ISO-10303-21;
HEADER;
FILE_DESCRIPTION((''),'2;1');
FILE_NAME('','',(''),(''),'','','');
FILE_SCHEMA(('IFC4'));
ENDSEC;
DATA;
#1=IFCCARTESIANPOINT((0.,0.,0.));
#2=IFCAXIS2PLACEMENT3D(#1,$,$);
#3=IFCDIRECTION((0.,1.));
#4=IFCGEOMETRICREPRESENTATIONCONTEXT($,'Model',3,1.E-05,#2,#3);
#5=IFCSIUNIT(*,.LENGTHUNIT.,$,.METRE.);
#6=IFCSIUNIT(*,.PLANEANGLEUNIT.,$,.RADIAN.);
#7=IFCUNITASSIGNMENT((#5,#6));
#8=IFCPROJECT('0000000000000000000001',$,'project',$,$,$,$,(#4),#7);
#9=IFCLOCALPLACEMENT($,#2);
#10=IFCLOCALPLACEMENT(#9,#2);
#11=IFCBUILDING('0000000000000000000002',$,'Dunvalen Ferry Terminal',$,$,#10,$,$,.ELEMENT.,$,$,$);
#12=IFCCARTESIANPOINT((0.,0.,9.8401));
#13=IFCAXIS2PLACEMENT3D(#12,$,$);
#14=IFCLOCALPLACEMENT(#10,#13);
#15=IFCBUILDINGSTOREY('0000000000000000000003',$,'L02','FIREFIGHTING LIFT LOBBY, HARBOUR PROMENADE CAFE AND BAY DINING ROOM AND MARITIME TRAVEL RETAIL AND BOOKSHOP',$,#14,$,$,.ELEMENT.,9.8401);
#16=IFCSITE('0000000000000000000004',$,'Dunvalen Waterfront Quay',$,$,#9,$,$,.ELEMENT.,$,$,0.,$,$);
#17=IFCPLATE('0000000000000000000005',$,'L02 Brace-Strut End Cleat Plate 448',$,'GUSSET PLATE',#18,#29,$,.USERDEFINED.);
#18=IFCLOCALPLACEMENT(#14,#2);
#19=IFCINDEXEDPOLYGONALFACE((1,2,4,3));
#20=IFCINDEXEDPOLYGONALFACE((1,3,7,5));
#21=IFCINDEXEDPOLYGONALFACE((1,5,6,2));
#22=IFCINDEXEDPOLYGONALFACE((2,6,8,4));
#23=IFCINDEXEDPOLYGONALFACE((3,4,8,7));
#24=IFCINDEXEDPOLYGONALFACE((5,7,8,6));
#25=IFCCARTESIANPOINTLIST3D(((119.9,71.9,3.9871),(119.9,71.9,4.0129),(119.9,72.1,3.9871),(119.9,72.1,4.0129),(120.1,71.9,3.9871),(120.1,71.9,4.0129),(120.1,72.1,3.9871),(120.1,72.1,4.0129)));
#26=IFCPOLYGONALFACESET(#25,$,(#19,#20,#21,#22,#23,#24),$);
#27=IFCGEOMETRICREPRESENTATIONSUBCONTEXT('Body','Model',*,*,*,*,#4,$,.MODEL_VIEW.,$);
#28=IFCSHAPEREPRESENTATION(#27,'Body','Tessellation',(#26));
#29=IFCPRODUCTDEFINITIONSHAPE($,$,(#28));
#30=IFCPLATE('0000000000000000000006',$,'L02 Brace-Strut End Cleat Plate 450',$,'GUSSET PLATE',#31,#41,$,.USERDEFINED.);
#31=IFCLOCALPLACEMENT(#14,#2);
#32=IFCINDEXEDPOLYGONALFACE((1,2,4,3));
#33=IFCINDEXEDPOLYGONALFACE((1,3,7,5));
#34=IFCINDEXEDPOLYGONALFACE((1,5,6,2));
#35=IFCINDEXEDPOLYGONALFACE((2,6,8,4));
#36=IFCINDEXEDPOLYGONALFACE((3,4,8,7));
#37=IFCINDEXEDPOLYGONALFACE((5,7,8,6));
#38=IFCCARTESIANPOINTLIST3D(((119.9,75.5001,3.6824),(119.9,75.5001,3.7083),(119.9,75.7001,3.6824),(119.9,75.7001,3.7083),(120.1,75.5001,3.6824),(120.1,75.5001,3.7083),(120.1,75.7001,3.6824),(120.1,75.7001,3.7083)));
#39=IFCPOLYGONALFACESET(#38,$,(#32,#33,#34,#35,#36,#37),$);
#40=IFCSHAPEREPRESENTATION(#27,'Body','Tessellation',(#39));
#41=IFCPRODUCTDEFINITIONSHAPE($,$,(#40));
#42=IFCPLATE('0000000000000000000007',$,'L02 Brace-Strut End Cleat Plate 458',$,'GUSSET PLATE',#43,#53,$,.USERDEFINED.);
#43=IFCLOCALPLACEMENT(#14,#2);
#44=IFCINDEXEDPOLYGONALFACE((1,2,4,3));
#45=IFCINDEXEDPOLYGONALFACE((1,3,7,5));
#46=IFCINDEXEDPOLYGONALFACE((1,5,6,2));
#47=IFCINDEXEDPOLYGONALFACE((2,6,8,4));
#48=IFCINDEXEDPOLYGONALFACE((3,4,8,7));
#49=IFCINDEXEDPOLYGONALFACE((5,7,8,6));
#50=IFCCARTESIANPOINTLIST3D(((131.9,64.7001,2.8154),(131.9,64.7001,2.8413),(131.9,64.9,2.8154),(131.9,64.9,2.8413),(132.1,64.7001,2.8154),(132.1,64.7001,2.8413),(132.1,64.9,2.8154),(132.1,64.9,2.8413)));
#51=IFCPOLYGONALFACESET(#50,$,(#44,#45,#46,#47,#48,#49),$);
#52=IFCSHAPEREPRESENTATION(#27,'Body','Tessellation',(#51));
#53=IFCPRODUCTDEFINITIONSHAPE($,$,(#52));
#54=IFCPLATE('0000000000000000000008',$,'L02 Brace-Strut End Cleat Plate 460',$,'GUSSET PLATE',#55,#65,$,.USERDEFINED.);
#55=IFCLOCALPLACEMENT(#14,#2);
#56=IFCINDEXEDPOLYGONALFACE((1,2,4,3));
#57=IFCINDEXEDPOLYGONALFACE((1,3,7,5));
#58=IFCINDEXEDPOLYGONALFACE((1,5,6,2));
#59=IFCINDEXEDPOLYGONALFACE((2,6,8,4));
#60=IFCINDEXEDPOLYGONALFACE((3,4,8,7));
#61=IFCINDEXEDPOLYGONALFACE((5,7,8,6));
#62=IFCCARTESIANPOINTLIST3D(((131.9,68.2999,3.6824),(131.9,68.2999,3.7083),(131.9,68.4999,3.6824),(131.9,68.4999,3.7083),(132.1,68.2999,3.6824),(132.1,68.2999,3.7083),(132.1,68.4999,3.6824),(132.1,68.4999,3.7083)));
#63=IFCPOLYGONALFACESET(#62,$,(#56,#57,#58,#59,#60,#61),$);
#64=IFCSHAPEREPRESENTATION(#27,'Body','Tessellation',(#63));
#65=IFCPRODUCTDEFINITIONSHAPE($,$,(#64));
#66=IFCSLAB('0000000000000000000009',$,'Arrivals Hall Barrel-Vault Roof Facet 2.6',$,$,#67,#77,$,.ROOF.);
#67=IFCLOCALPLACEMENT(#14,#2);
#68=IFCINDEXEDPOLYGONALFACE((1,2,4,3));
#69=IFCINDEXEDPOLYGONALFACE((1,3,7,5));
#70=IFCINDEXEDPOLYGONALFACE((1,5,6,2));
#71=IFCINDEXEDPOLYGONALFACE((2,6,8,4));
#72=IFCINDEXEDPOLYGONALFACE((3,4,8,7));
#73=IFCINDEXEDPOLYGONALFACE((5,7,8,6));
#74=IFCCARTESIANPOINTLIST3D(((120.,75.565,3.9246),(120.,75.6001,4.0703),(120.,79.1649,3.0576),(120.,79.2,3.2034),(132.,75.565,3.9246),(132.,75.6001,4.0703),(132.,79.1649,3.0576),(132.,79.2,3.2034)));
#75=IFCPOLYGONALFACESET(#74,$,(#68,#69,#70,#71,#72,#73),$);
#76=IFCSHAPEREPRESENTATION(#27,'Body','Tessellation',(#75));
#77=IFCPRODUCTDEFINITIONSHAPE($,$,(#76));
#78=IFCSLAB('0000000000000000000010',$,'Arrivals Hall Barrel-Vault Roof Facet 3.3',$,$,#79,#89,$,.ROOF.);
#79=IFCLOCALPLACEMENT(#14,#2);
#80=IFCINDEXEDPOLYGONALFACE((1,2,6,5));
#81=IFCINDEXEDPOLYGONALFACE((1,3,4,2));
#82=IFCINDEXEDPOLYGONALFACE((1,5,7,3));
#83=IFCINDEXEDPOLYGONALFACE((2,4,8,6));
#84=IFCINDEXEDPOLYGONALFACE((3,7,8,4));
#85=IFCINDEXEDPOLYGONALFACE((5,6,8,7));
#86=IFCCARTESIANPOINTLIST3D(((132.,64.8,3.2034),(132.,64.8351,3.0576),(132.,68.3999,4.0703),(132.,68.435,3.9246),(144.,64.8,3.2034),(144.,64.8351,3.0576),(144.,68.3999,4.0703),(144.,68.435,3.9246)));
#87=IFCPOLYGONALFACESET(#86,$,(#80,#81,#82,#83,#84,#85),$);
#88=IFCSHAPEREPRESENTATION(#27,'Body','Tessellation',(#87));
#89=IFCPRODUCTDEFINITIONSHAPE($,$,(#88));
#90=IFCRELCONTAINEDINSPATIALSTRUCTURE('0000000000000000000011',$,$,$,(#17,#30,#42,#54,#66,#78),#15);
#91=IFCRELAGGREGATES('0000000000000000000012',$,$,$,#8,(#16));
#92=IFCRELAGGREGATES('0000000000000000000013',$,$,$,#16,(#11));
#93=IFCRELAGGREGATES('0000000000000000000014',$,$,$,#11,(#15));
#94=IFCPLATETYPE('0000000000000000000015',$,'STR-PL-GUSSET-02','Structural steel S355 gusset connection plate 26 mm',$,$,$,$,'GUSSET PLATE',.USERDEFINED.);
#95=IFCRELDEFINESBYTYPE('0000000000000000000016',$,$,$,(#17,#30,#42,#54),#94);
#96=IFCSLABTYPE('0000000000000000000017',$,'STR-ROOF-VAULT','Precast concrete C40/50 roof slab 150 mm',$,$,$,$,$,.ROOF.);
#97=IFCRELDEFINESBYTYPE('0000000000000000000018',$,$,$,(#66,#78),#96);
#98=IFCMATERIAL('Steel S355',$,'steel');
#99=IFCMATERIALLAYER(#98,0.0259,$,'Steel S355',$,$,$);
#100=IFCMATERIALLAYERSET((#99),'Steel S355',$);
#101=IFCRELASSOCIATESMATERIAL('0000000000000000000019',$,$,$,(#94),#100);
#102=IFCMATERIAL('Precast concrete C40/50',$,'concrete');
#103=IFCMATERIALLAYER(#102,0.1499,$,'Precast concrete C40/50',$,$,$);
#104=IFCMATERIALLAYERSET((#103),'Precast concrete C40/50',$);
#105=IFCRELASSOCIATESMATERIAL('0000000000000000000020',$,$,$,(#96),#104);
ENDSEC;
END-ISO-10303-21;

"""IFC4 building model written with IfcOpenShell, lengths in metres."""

from ifc_helpers import new_model, si_unit, direction, frame, origin, origin_2d, place, context, subcontext, project, spatial, polyline, rectangle, outline, extrude, material, layer, layer_set, type_object, element, save


model = new_model("IFC4")

# Units and contexts
model_context = context("Model", 3, precision=1e-05, world=origin(), true_north=direction((0.0, 1.0)))
body_context = subcontext(model_context, "Body", "Model", "MODEL_VIEW")
ifc_project = project(units=[si_unit("LENGTHUNIT", "METRE"), si_unit("PLANEANGLEUNIT", "RADIAN")], contexts=[model_context])

# Site, building, storey
site_placement = place(None, origin())
site = spatial("IfcSite", under=ifc_project, at=site_placement, Name="Dunvalen Waterfront Quay", CompositionType="ELEMENT", RefElevation=0.0)
building_placement = place(site_placement, origin())
building = spatial("IfcBuilding", under=site, at=building_placement, Name="Dunvalen Ferry Terminal", CompositionType="ELEMENT")
storey_placement = place(building_placement, frame((0.0, 0.0, 9.8401)))
storey = spatial("IfcBuildingStorey", under=building, at=storey_placement, Name="L02", Description="FIREFIGHTING LIFT LOBBY, HARBOUR PROMENADE CAFE AND BAY DINING ROOM AND MARITIME TRAVEL RETAIL AND BOOKSHOP", CompositionType="ELEMENT", Elevation=9.8401)

# Shared definitions
ifc_material_1 = material(Name="Steel S355", Category="steel")

# Plates
ifc_layer_1 = layer(ifc_material_1, 0.0259, Name="Steel S355")
ifc_layer_set_1 = layer_set([ifc_layer_1], Name="Steel S355")
plate_type_1 = type_object("IfcPlateType", Name="STR-PL-GUSSET-02", Description="Structural steel S355 gusset connection plate 26 mm", ElementType="GUSSET PLATE", PredefinedType="USERDEFINED", material=ifc_layer_set_1)
for number, where, z_axis, x_axis, name in (
    (1, (120.0, 72.0, 3.9871), (0.0, 0.0, 1.0), (1.0, 0.0, 0.0), "L02 Brace-Strut End Cleat Plate 448"),
    (2, (120.0, 75.6001, 3.6824), (0.0, 0.0, 1.0), (1.0, 0.0, 0.0), "L02 Brace-Strut End Cleat Plate 450"),
    (3, (132.0, 64.8, 2.8154), (0.0, 0.0, 1.0), (1.0, 0.0, 0.0), "L02 Brace-Strut End Cleat Plate 458"),
    (4, (132.0, 68.3999, 3.6824), (0.0, 0.0, 1.0), (1.0, 0.0, 0.0), "L02 Brace-Strut End Cleat Plate 460"),
):
    element("IfcPlate", number, at=place(storey_placement, frame(where, z_axis=z_axis, x_axis=x_axis)), inside=storey, type_object=plate_type_1, Name=name, ObjectType="GUSSET PLATE", PredefinedType="USERDEFINED", context=body_context, shape_type="SweptSolid", body=[
        extrude(rectangle(XDim=0.2, YDim=0.2, at=origin_2d()), origin(), (0.0, 0.0, 1.0), 0.0259),
    ])

# Slabs
ifc_material_2 = material(Name="Precast concrete C40/50", Category="concrete")
ifc_layer_2 = layer(ifc_material_2, 0.1499, Name="Precast concrete C40/50")
ifc_layer_set_2 = layer_set([ifc_layer_2], Name="Precast concrete C40/50")
slab_type = type_object("IfcSlabType", Name="STR-ROOF-VAULT", Description="Precast concrete C40/50 roof slab 150 mm", PredefinedType="ROOF", material=ifc_layer_set_2)
for number, where, z_axis, x_axis, name in (
    (5, (120.0, 75.6001, 4.0703), (0.0, 0.234133, 0.972204), (1.0, 0.0, 0.0), "Arrivals Hall Barrel-Vault Roof Facet 2.6"),
    (6, (132.0, 64.8, 3.2034), (0.0, -0.234133, 0.972204), (1.0, 0.0, 0.0), "Arrivals Hall Barrel-Vault Roof Facet 3.3"),
):
    element("IfcSlab", number, at=place(storey_placement, frame(where, z_axis=z_axis, x_axis=x_axis)), inside=storey, type_object=slab_type, Name=name, PredefinedType="ROOF", context=body_context, shape_type="SweptSolid", body=[
        extrude(outline(polyline([(0.0, 0.0), (12.0, 0.0), (12.0, 3.7028), (0.0, 3.7028), (0.0, 0.0)])), origin(), (0.0, 0.0, -1.0), 0.1499),
    ])

save(model, "model.ifc")
